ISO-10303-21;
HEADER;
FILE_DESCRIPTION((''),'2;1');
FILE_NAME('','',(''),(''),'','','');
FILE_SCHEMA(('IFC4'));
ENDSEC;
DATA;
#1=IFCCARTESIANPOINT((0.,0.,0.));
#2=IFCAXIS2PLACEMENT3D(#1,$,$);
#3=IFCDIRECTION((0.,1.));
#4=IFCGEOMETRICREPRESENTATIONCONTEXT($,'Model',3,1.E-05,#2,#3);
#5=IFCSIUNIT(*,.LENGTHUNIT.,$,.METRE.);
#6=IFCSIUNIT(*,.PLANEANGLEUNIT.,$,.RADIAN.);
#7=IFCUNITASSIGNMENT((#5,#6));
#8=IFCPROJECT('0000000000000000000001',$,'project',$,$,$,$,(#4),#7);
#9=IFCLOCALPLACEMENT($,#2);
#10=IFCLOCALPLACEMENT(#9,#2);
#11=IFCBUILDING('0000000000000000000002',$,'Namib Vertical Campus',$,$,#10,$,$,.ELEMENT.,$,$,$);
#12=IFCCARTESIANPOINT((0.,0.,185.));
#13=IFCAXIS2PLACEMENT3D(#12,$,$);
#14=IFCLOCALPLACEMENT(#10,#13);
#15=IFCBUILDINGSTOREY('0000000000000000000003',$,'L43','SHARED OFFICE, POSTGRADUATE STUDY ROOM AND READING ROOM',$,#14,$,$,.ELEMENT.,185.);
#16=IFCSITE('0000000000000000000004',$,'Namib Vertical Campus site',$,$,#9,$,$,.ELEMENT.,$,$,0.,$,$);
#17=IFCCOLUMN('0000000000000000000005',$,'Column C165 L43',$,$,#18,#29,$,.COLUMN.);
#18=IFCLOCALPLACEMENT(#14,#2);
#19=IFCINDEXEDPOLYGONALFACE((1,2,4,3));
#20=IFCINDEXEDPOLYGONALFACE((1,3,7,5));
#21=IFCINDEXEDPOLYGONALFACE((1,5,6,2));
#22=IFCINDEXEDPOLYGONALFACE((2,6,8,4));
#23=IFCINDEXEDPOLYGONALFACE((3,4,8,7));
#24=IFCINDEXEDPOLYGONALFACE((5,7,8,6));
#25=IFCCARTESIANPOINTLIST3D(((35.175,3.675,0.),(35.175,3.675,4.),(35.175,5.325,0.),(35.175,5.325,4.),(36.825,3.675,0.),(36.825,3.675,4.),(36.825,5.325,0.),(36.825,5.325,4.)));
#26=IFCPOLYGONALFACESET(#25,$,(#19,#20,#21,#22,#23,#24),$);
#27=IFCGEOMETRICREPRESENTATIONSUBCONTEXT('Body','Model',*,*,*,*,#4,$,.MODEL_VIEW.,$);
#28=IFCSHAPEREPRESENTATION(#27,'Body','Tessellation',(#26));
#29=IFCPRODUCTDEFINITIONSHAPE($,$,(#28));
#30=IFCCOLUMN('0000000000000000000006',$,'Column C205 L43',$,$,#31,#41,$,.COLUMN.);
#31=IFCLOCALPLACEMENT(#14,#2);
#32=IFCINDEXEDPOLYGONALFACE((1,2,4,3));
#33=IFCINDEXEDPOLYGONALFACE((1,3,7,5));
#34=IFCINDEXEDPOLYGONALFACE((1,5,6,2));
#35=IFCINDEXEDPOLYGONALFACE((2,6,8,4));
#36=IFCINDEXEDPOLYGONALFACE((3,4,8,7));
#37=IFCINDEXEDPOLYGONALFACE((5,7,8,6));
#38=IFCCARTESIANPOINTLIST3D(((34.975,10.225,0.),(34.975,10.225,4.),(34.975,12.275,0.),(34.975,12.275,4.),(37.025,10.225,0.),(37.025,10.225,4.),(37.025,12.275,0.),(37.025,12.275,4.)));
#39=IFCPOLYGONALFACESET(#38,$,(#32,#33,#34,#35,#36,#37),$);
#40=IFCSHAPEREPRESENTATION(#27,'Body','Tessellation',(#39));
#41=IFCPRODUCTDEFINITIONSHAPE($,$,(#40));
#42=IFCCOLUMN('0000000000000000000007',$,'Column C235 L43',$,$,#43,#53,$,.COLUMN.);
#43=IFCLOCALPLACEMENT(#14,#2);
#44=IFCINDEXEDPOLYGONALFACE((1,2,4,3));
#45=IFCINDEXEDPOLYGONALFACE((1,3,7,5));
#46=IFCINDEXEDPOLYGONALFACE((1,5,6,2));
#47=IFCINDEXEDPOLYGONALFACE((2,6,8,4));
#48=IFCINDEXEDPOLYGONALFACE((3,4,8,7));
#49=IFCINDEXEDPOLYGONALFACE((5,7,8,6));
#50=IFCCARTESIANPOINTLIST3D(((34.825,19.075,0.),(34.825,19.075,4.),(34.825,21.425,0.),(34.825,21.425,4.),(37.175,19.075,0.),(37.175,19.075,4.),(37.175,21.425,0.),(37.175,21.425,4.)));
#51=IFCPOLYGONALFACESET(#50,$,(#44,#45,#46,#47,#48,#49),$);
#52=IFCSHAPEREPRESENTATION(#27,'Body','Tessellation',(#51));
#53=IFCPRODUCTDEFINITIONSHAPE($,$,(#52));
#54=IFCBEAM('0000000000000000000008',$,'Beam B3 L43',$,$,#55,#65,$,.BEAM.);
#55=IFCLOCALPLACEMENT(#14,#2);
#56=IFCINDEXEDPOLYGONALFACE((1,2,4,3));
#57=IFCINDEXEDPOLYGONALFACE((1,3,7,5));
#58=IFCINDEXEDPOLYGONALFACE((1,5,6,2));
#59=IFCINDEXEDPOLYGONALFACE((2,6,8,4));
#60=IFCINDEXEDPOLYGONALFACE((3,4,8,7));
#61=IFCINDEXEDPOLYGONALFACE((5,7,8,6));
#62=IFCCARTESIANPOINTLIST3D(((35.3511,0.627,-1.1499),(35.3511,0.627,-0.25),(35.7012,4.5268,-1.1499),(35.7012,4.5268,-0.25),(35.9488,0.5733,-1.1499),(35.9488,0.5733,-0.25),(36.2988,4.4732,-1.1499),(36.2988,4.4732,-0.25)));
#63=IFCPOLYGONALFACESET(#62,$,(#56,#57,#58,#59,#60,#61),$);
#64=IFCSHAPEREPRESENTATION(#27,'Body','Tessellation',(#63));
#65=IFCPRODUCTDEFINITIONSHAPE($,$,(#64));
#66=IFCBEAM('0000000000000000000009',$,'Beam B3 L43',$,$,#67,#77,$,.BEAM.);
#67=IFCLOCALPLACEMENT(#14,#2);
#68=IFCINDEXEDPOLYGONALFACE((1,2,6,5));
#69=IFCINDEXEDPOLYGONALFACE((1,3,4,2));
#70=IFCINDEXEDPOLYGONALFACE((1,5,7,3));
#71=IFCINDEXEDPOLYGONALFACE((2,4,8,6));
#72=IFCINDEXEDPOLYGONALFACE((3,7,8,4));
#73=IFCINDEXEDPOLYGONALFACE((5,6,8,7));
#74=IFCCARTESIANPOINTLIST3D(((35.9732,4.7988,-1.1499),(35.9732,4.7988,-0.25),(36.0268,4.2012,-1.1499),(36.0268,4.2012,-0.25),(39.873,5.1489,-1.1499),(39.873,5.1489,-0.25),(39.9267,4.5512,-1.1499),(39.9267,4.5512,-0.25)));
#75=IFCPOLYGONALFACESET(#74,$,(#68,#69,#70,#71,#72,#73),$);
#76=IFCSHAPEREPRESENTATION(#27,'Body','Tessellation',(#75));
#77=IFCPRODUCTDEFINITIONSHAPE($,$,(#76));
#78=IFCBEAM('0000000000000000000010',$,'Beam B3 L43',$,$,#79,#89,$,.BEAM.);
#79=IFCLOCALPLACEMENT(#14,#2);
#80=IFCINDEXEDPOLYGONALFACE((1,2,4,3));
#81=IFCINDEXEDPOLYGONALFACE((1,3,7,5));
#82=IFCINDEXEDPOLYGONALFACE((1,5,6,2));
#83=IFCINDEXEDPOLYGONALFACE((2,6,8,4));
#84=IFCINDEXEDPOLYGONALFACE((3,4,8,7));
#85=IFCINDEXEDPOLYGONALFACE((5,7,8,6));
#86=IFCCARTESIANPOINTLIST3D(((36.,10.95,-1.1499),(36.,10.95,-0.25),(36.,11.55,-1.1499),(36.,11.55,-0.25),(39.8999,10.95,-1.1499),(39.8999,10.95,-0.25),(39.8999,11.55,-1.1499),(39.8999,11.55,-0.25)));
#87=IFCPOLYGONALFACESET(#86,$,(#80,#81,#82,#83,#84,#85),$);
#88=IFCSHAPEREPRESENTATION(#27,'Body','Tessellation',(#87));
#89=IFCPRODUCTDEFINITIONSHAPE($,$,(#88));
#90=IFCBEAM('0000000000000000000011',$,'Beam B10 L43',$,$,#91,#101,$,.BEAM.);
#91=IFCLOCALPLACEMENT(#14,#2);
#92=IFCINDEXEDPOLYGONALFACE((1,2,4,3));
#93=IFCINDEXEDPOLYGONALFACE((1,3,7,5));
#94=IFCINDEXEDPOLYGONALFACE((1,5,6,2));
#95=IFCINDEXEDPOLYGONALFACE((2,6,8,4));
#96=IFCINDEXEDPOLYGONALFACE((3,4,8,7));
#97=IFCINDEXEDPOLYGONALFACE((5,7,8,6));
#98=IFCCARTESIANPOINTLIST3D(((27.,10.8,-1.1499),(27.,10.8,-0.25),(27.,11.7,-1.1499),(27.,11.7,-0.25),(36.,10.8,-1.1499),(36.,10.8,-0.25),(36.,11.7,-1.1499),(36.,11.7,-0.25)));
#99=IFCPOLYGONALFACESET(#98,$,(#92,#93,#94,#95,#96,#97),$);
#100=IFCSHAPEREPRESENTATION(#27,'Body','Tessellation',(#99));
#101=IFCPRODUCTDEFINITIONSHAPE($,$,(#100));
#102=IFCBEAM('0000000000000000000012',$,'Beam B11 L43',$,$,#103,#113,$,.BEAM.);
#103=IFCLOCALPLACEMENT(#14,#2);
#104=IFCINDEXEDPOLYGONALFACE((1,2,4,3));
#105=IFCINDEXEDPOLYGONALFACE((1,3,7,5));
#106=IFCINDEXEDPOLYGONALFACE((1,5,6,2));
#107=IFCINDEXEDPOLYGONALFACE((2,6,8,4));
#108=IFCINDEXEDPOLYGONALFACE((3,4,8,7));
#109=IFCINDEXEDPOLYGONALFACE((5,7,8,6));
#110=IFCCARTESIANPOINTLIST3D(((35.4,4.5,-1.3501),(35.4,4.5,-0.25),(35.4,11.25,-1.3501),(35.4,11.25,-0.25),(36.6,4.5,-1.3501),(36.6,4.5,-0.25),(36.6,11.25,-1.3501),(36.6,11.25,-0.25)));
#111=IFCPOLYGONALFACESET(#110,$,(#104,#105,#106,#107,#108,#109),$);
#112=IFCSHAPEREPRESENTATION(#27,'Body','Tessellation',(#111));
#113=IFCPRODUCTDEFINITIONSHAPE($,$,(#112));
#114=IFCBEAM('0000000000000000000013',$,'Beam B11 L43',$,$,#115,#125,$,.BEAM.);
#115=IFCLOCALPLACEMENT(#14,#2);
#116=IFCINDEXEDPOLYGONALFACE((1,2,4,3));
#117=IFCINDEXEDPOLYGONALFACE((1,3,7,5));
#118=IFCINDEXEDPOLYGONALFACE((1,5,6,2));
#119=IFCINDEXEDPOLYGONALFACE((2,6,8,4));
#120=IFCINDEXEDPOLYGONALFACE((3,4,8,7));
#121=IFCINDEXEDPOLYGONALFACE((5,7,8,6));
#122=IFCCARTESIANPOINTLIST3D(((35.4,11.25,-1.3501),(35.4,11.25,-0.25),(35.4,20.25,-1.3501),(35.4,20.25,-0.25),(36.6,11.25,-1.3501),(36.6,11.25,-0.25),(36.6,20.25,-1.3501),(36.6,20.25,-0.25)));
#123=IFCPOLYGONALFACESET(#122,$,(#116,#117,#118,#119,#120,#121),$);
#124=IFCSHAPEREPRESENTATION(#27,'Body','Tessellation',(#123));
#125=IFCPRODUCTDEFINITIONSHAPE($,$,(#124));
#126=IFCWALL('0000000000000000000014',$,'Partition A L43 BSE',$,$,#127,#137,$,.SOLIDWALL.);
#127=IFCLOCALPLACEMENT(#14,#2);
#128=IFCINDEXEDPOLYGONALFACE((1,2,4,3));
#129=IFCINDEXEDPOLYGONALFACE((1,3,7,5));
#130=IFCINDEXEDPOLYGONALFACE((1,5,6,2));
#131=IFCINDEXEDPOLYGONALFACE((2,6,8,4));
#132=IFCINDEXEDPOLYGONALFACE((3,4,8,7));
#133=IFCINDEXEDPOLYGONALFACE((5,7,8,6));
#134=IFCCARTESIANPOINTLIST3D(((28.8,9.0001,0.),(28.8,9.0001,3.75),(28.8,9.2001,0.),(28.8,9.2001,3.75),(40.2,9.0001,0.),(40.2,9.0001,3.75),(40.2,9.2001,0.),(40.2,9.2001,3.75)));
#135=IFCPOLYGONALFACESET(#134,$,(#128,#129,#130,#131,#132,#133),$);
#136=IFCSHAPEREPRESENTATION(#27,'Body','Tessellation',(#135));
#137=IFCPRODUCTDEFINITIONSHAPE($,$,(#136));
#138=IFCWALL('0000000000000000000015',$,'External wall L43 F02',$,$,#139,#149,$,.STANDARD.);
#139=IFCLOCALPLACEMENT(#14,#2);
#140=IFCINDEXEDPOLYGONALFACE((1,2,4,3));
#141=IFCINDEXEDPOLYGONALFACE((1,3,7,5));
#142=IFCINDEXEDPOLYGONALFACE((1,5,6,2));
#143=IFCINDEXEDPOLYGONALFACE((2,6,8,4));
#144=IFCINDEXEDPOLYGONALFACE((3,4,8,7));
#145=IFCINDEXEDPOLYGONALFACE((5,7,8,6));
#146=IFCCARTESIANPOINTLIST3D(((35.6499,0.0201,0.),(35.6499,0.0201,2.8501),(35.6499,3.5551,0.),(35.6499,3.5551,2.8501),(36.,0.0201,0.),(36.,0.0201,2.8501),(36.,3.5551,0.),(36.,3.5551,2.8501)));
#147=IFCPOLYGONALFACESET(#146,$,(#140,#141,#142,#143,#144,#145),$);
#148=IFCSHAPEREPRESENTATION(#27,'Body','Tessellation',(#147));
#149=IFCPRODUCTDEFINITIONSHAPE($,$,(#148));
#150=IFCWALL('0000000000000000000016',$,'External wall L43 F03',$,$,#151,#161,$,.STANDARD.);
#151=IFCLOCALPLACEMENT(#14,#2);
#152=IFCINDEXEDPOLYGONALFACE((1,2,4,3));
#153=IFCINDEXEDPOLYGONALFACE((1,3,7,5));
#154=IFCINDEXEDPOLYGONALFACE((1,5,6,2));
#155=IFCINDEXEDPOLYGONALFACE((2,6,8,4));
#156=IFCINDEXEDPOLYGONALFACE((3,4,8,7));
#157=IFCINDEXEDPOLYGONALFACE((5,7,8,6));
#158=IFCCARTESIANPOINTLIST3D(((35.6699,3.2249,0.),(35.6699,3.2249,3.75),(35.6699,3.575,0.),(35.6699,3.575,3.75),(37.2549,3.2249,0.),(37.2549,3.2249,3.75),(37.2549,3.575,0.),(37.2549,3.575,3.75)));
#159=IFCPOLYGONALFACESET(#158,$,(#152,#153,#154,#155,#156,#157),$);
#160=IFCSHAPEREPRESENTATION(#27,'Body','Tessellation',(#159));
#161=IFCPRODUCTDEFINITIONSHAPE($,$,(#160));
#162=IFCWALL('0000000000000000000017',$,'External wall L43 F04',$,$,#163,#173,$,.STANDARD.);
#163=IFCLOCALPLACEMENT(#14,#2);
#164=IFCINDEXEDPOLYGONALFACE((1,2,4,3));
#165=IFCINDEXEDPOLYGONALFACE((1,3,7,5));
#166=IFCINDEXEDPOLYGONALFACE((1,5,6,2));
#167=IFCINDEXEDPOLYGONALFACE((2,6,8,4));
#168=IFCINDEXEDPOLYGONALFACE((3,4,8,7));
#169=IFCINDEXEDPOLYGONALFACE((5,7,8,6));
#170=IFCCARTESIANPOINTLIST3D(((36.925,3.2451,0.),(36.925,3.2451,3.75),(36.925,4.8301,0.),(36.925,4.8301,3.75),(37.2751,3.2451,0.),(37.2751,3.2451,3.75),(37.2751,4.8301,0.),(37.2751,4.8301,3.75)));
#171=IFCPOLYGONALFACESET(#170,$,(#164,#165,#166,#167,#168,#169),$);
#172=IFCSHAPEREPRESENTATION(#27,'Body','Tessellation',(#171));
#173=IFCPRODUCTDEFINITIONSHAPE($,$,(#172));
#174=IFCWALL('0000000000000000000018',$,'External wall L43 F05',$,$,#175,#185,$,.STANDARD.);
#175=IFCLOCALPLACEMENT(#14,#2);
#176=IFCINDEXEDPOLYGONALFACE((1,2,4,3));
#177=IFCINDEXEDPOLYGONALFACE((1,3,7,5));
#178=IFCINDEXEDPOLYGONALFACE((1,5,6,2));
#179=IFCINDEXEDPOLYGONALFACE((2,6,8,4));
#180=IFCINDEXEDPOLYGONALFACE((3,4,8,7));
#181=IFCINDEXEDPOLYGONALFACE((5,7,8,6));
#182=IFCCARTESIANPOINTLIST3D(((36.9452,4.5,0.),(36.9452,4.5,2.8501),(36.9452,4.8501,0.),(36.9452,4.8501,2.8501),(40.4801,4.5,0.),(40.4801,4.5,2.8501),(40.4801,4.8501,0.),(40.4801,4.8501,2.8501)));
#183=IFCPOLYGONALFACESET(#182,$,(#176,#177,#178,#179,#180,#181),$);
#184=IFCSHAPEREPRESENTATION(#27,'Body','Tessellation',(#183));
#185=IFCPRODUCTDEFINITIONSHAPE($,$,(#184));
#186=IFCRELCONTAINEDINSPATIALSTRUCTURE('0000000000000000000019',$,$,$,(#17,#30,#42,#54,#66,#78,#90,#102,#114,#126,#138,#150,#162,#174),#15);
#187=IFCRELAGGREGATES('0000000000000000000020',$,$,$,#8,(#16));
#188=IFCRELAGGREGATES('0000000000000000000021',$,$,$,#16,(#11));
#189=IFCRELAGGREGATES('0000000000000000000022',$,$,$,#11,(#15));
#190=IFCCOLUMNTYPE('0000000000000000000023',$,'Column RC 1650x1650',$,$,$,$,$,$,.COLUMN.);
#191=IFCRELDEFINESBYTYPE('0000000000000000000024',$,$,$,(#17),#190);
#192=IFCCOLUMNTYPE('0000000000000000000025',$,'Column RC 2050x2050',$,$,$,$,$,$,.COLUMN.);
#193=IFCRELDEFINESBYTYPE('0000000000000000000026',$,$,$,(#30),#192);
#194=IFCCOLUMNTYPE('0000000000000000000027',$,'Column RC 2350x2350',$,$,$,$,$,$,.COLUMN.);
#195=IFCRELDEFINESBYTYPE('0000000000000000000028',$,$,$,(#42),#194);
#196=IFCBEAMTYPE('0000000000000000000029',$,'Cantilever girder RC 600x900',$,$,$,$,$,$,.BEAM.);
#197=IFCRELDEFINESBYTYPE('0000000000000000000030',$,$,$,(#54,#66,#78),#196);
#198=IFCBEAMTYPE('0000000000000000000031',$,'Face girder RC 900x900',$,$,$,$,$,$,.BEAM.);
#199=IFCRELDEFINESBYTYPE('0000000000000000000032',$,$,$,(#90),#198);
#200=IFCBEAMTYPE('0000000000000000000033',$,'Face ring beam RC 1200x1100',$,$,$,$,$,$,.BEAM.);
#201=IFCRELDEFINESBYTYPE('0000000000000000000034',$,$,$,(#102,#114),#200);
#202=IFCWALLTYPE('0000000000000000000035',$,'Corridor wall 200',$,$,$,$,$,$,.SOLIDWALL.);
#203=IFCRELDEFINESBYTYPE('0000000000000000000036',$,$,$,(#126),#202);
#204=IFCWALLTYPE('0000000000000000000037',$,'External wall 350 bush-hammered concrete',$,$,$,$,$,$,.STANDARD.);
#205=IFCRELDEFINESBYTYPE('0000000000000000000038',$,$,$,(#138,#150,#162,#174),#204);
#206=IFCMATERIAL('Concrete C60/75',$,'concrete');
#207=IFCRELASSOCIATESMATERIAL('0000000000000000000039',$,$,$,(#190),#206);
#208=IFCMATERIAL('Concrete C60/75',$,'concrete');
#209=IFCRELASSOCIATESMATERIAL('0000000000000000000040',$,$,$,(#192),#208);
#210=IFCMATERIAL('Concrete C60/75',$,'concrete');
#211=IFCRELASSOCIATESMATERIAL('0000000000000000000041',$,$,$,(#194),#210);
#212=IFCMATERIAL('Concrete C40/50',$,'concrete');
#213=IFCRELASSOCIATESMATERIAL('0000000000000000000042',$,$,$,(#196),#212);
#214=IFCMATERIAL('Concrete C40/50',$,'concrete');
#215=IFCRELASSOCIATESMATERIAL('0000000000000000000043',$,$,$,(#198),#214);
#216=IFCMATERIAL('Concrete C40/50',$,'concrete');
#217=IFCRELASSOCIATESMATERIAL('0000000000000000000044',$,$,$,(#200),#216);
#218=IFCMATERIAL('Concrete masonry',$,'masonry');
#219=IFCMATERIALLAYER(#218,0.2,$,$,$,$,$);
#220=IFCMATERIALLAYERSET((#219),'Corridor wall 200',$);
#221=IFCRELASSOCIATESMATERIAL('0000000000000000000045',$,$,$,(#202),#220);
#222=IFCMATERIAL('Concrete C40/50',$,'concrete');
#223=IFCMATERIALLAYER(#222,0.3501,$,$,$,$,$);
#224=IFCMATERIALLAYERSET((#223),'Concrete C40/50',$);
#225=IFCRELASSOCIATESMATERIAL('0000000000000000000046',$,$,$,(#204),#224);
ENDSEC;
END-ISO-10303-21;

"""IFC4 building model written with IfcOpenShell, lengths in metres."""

from ifc_helpers import new_model, si_unit, direction, frame, frame_2d, origin, origin_2d, place, context, subcontext, project, spatial, rectangle, extrude, material, layer, layer_set, material_profile, profile_set, type_object, element, save


model = new_model("IFC4")

# Units and contexts
model_context = context("Model", 3, precision=1e-05, world=origin(), true_north=direction((0.0, 1.0)))
body_context = subcontext(model_context, "Body", "Model", "MODEL_VIEW")
ifc_project = project(units=[si_unit("LENGTHUNIT", "METRE"), si_unit("PLANEANGLEUNIT", "RADIAN")], contexts=[model_context])

# Site, building, storey
site_placement = place(None, origin())
site = spatial("IfcSite", under=ifc_project, at=site_placement, Name="Namib Vertical Campus site", CompositionType="ELEMENT", RefElevation=0.0)
building_placement = place(site_placement, origin())
building = spatial("IfcBuilding", under=site, at=building_placement, Name="Namib Vertical Campus", CompositionType="ELEMENT")
storey_placement = place(building_placement, frame((0.0, 0.0, 185.0)))
storey = spatial("IfcBuildingStorey", under=building, at=storey_placement, Name="L43", Description="SHARED OFFICE, POSTGRADUATE STUDY ROOM AND READING ROOM", CompositionType="ELEMENT", Elevation=185.0)

# Columns
ifc_material_1 = material(Name="Concrete C60/75", Category="concrete")
ifc_material_profile_1 = material_profile(ifc_material_1, rectangle(XDim=1.6499, YDim=1.6499, at=origin_2d()))
ifc_profile_set_1 = profile_set([ifc_material_profile_1], Name="Concrete C60/75")
column_type_1 = type_object("IfcColumnType", Name="Column RC 1650x1650", PredefinedType="COLUMN", material=ifc_profile_set_1)
column_1_placement = place(storey_placement, frame((36.0, 4.5, 0.0), z_axis=(0.0, 0.0, 1.0), x_axis=(1.0, 0.0, 0.0)))
element("IfcColumn", 1, at=column_1_placement, inside=storey, type_object=column_type_1, Name="Column C165 L43", PredefinedType="COLUMN", context=body_context, shape_type="SweptSolid", body=[
    extrude(rectangle(XDim=1.6499, YDim=1.6499, at=origin_2d()), origin(), (0.0, 0.0, 1.0), 4.0),
])
ifc_material_2 = material(Name="Concrete C60/75", Category="concrete")
ifc_material_profile_2 = material_profile(ifc_material_2, rectangle(XDim=2.05, YDim=2.05, at=origin_2d()))
ifc_profile_set_2 = profile_set([ifc_material_profile_2], Name="Concrete C60/75")
column_type_2 = type_object("IfcColumnType", Name="Column RC 2050x2050", PredefinedType="COLUMN", material=ifc_profile_set_2)
column_2_placement = place(storey_placement, frame((36.0, 11.25, 0.0), z_axis=(0.0, 0.0, 1.0), x_axis=(1.0, 0.0, 0.0)))
element("IfcColumn", 2, at=column_2_placement, inside=storey, type_object=column_type_2, Name="Column C205 L43", PredefinedType="COLUMN", context=body_context, shape_type="SweptSolid", body=[
    extrude(rectangle(XDim=2.05, YDim=2.05, at=origin_2d()), origin(), (0.0, 0.0, 1.0), 4.0),
])
ifc_material_3 = material(Name="Concrete C60/75", Category="concrete")
ifc_material_profile_3 = material_profile(ifc_material_3, rectangle(XDim=2.3501, YDim=2.3501, at=origin_2d()))
ifc_profile_set_3 = profile_set([ifc_material_profile_3], Name="Concrete C60/75")
column_type_3 = type_object("IfcColumnType", Name="Column RC 2350x2350", PredefinedType="COLUMN", material=ifc_profile_set_3)
column_3_placement = place(storey_placement, frame((36.0, 20.25, 0.0), z_axis=(0.0, 0.0, 1.0), x_axis=(1.0, 0.0, 0.0)))
element("IfcColumn", 3, at=column_3_placement, inside=storey, type_object=column_type_3, Name="Column C235 L43", PredefinedType="COLUMN", context=body_context, shape_type="SweptSolid", body=[
    extrude(rectangle(XDim=2.3501, YDim=2.3501, at=origin_2d()), origin(), (0.0, 0.0, 1.0), 4.0),
])

# Beams
ifc_material_4 = material(Name="Concrete C40/50", Category="concrete")
ifc_material_profile_4 = material_profile(ifc_material_4, rectangle(XDim=0.6001, YDim=0.8999, at=origin_2d()))
ifc_profile_set_4 = profile_set([ifc_material_profile_4], Name="Concrete C40/50")
beam_type_1 = type_object("IfcBeamType", Name="Cantilever girder RC 600x900", PredefinedType="BEAM", material=ifc_profile_set_4)
for number, where, z_axis, x_axis, name in (
    (4, (36.0, 4.5, -0.7), (-0.089411, -0.995995, 0.0), (0.995995, -0.089411, 0.0), "Beam B3 L43"),
    (5, (36.0, 4.5, -0.7), (0.995995, 0.089411, 0.0), (-0.089411, 0.995995, 0.0), "Beam B3 L43"),
):
    element("IfcBeam", number, at=place(storey_placement, frame(where, z_axis=z_axis, x_axis=x_axis)), inside=storey, type_object=beam_type_1, Name=name, PredefinedType="BEAM", context=body_context, shape_type="SweptSolid", body=[
        extrude(rectangle(XDim=0.6001, YDim=0.8999, at=origin_2d()), origin(), (0.0, 0.0, 1.0), 3.9155),
    ])
beam_1_placement = place(storey_placement, frame((36.0, 11.25, -0.7), z_axis=(1.0, 0.0, 0.0), x_axis=(0.0, 1.0, 0.0)))
element("IfcBeam", 6, at=beam_1_placement, inside=storey, type_object=beam_type_1, Name="Beam B3 L43", PredefinedType="BEAM", context=body_context, shape_type="SweptSolid", body=[
    extrude(rectangle(XDim=0.6001, YDim=0.8999, at=origin_2d()), origin(), (0.0, 0.0, 1.0), 3.8999),
])
ifc_material_5 = material(Name="Concrete C40/50", Category="concrete")
ifc_material_profile_5 = material_profile(ifc_material_5, rectangle(XDim=0.8999, YDim=0.8999, at=origin_2d()))
ifc_profile_set_5 = profile_set([ifc_material_profile_5], Name="Concrete C40/50")
beam_type_2 = type_object("IfcBeamType", Name="Face girder RC 900x900", PredefinedType="BEAM", material=ifc_profile_set_5)
beam_2_placement = place(storey_placement, frame((36.0, 11.25, -0.7), z_axis=(-1.0, 0.0, 0.0), x_axis=(0.0, -1.0, 0.0)))
element("IfcBeam", 7, at=beam_2_placement, inside=storey, type_object=beam_type_2, Name="Beam B10 L43", PredefinedType="BEAM", context=body_context, shape_type="SweptSolid", body=[
    extrude(rectangle(XDim=0.8999, YDim=0.8999, at=origin_2d()), origin(), (0.0, 0.0, 1.0), 9.0),
])
ifc_material_6 = material(Name="Concrete C40/50", Category="concrete")
ifc_material_profile_6 = material_profile(ifc_material_6, rectangle(XDim=1.2, YDim=1.1001, at=origin_2d()))
ifc_profile_set_6 = profile_set([ifc_material_profile_6], Name="Concrete C40/50")
beam_type_3 = type_object("IfcBeamType", Name="Face ring beam RC 1200x1100", PredefinedType="BEAM", material=ifc_profile_set_6)
beam_3_placement = place(storey_placement, frame((36.0, 4.5, -0.8), z_axis=(0.0, 1.0, 0.0), x_axis=(-1.0, 0.0, 0.0)))
element("IfcBeam", 8, at=beam_3_placement, inside=storey, type_object=beam_type_3, Name="Beam B11 L43", PredefinedType="BEAM", context=body_context, shape_type="SweptSolid", body=[
    extrude(rectangle(XDim=1.2, YDim=1.1001, at=origin_2d()), origin(), (0.0, 0.0, 1.0), 6.75),
])
beam_4_placement = place(storey_placement, frame((36.0, 11.25, -0.8), z_axis=(0.0, 1.0, 0.0), x_axis=(-1.0, 0.0, 0.0)))
element("IfcBeam", 9, at=beam_4_placement, inside=storey, type_object=beam_type_3, Name="Beam B11 L43", PredefinedType="BEAM", context=body_context, shape_type="SweptSolid", body=[
    extrude(rectangle(XDim=1.2, YDim=1.1001, at=origin_2d()), origin(), (0.0, 0.0, 1.0), 9.0),
])

# Walls
ifc_material_7 = material(Name="Concrete masonry", Category="masonry")
ifc_layer_1 = layer(ifc_material_7, 0.2)
ifc_layer_set_1 = layer_set([ifc_layer_1], Name="Corridor wall 200")
wall_type_1 = type_object("IfcWallType", Name="Corridor wall 200", PredefinedType="SOLIDWALL", material=ifc_layer_set_1)
wall_1_placement = place(storey_placement, frame((28.8, 9.1001, 0.0), z_axis=(0.0, 0.0, 1.0), x_axis=(1.0, 0.0, 0.0)))
element("IfcWall", 10, at=wall_1_placement, inside=storey, type_object=wall_type_1, Name="Partition A L43 BSE", PredefinedType="SOLIDWALL", context=body_context, shape_type="SweptSolid", body=[
    extrude(rectangle(XDim=11.3999, YDim=0.2, at=frame_2d((5.7, 0.0))), origin(), (0.0, 0.0, 1.0), 3.75),
])
ifc_material_8 = material(Name="Concrete C40/50", Category="concrete")
ifc_layer_2 = layer(ifc_material_8, 0.3501)
ifc_layer_set_2 = layer_set([ifc_layer_2], Name="Concrete C40/50")
wall_type_2 = type_object("IfcWallType", Name="External wall 350 bush-hammered concrete", PredefinedType="STANDARD", material=ifc_layer_set_2)
wall_2_placement = place(storey_placement, frame((35.825, 0.02, 0.0), z_axis=(0.0, 0.0, 1.0), x_axis=(0.0, 1.0, 0.0)))
element("IfcWall", 11, at=wall_2_placement, inside=storey, type_object=wall_type_2, Name="External wall L43 F02", PredefinedType="STANDARD", context=body_context, shape_type="SweptSolid", body=[
    extrude(rectangle(XDim=3.5349, YDim=0.3501, at=frame_2d((1.7676, 0.0))), origin(), (0.0, 0.0, 1.0), 2.8501),
])
for number, where, z_axis, x_axis, name in (
    (12, (35.6699, 3.3999, 0.0), (0.0, 0.0, 1.0), (1.0, 0.0, 0.0), "External wall L43 F03"),
    (13, (37.1001, 3.2451, 0.0), (0.0, 0.0, 1.0), (0.0, 1.0, 0.0), "External wall L43 F04"),
):
    element("IfcWall", number, at=place(storey_placement, frame(where, z_axis=z_axis, x_axis=x_axis)), inside=storey, type_object=wall_type_2, Name=name, PredefinedType="STANDARD", context=body_context, shape_type="SweptSolid", body=[
        extrude(rectangle(XDim=1.585, YDim=0.3501, at=frame_2d((0.7925, 0.0))), origin(), (0.0, 0.0, 1.0), 3.75),
    ])
wall_3_placement = place(storey_placement, frame((36.9451, 4.675, 0.0), z_axis=(0.0, 0.0, 1.0), x_axis=(1.0, 0.0, 0.0)))
element("IfcWall", 14, at=wall_3_placement, inside=storey, type_object=wall_type_2, Name="External wall L43 F05", PredefinedType="STANDARD", context=body_context, shape_type="SweptSolid", body=[
    extrude(rectangle(XDim=3.5349, YDim=0.3501, at=frame_2d((1.7676, 0.0))), origin(), (0.0, 0.0, 1.0), 2.8501),
])

save(model, "model.ifc")
